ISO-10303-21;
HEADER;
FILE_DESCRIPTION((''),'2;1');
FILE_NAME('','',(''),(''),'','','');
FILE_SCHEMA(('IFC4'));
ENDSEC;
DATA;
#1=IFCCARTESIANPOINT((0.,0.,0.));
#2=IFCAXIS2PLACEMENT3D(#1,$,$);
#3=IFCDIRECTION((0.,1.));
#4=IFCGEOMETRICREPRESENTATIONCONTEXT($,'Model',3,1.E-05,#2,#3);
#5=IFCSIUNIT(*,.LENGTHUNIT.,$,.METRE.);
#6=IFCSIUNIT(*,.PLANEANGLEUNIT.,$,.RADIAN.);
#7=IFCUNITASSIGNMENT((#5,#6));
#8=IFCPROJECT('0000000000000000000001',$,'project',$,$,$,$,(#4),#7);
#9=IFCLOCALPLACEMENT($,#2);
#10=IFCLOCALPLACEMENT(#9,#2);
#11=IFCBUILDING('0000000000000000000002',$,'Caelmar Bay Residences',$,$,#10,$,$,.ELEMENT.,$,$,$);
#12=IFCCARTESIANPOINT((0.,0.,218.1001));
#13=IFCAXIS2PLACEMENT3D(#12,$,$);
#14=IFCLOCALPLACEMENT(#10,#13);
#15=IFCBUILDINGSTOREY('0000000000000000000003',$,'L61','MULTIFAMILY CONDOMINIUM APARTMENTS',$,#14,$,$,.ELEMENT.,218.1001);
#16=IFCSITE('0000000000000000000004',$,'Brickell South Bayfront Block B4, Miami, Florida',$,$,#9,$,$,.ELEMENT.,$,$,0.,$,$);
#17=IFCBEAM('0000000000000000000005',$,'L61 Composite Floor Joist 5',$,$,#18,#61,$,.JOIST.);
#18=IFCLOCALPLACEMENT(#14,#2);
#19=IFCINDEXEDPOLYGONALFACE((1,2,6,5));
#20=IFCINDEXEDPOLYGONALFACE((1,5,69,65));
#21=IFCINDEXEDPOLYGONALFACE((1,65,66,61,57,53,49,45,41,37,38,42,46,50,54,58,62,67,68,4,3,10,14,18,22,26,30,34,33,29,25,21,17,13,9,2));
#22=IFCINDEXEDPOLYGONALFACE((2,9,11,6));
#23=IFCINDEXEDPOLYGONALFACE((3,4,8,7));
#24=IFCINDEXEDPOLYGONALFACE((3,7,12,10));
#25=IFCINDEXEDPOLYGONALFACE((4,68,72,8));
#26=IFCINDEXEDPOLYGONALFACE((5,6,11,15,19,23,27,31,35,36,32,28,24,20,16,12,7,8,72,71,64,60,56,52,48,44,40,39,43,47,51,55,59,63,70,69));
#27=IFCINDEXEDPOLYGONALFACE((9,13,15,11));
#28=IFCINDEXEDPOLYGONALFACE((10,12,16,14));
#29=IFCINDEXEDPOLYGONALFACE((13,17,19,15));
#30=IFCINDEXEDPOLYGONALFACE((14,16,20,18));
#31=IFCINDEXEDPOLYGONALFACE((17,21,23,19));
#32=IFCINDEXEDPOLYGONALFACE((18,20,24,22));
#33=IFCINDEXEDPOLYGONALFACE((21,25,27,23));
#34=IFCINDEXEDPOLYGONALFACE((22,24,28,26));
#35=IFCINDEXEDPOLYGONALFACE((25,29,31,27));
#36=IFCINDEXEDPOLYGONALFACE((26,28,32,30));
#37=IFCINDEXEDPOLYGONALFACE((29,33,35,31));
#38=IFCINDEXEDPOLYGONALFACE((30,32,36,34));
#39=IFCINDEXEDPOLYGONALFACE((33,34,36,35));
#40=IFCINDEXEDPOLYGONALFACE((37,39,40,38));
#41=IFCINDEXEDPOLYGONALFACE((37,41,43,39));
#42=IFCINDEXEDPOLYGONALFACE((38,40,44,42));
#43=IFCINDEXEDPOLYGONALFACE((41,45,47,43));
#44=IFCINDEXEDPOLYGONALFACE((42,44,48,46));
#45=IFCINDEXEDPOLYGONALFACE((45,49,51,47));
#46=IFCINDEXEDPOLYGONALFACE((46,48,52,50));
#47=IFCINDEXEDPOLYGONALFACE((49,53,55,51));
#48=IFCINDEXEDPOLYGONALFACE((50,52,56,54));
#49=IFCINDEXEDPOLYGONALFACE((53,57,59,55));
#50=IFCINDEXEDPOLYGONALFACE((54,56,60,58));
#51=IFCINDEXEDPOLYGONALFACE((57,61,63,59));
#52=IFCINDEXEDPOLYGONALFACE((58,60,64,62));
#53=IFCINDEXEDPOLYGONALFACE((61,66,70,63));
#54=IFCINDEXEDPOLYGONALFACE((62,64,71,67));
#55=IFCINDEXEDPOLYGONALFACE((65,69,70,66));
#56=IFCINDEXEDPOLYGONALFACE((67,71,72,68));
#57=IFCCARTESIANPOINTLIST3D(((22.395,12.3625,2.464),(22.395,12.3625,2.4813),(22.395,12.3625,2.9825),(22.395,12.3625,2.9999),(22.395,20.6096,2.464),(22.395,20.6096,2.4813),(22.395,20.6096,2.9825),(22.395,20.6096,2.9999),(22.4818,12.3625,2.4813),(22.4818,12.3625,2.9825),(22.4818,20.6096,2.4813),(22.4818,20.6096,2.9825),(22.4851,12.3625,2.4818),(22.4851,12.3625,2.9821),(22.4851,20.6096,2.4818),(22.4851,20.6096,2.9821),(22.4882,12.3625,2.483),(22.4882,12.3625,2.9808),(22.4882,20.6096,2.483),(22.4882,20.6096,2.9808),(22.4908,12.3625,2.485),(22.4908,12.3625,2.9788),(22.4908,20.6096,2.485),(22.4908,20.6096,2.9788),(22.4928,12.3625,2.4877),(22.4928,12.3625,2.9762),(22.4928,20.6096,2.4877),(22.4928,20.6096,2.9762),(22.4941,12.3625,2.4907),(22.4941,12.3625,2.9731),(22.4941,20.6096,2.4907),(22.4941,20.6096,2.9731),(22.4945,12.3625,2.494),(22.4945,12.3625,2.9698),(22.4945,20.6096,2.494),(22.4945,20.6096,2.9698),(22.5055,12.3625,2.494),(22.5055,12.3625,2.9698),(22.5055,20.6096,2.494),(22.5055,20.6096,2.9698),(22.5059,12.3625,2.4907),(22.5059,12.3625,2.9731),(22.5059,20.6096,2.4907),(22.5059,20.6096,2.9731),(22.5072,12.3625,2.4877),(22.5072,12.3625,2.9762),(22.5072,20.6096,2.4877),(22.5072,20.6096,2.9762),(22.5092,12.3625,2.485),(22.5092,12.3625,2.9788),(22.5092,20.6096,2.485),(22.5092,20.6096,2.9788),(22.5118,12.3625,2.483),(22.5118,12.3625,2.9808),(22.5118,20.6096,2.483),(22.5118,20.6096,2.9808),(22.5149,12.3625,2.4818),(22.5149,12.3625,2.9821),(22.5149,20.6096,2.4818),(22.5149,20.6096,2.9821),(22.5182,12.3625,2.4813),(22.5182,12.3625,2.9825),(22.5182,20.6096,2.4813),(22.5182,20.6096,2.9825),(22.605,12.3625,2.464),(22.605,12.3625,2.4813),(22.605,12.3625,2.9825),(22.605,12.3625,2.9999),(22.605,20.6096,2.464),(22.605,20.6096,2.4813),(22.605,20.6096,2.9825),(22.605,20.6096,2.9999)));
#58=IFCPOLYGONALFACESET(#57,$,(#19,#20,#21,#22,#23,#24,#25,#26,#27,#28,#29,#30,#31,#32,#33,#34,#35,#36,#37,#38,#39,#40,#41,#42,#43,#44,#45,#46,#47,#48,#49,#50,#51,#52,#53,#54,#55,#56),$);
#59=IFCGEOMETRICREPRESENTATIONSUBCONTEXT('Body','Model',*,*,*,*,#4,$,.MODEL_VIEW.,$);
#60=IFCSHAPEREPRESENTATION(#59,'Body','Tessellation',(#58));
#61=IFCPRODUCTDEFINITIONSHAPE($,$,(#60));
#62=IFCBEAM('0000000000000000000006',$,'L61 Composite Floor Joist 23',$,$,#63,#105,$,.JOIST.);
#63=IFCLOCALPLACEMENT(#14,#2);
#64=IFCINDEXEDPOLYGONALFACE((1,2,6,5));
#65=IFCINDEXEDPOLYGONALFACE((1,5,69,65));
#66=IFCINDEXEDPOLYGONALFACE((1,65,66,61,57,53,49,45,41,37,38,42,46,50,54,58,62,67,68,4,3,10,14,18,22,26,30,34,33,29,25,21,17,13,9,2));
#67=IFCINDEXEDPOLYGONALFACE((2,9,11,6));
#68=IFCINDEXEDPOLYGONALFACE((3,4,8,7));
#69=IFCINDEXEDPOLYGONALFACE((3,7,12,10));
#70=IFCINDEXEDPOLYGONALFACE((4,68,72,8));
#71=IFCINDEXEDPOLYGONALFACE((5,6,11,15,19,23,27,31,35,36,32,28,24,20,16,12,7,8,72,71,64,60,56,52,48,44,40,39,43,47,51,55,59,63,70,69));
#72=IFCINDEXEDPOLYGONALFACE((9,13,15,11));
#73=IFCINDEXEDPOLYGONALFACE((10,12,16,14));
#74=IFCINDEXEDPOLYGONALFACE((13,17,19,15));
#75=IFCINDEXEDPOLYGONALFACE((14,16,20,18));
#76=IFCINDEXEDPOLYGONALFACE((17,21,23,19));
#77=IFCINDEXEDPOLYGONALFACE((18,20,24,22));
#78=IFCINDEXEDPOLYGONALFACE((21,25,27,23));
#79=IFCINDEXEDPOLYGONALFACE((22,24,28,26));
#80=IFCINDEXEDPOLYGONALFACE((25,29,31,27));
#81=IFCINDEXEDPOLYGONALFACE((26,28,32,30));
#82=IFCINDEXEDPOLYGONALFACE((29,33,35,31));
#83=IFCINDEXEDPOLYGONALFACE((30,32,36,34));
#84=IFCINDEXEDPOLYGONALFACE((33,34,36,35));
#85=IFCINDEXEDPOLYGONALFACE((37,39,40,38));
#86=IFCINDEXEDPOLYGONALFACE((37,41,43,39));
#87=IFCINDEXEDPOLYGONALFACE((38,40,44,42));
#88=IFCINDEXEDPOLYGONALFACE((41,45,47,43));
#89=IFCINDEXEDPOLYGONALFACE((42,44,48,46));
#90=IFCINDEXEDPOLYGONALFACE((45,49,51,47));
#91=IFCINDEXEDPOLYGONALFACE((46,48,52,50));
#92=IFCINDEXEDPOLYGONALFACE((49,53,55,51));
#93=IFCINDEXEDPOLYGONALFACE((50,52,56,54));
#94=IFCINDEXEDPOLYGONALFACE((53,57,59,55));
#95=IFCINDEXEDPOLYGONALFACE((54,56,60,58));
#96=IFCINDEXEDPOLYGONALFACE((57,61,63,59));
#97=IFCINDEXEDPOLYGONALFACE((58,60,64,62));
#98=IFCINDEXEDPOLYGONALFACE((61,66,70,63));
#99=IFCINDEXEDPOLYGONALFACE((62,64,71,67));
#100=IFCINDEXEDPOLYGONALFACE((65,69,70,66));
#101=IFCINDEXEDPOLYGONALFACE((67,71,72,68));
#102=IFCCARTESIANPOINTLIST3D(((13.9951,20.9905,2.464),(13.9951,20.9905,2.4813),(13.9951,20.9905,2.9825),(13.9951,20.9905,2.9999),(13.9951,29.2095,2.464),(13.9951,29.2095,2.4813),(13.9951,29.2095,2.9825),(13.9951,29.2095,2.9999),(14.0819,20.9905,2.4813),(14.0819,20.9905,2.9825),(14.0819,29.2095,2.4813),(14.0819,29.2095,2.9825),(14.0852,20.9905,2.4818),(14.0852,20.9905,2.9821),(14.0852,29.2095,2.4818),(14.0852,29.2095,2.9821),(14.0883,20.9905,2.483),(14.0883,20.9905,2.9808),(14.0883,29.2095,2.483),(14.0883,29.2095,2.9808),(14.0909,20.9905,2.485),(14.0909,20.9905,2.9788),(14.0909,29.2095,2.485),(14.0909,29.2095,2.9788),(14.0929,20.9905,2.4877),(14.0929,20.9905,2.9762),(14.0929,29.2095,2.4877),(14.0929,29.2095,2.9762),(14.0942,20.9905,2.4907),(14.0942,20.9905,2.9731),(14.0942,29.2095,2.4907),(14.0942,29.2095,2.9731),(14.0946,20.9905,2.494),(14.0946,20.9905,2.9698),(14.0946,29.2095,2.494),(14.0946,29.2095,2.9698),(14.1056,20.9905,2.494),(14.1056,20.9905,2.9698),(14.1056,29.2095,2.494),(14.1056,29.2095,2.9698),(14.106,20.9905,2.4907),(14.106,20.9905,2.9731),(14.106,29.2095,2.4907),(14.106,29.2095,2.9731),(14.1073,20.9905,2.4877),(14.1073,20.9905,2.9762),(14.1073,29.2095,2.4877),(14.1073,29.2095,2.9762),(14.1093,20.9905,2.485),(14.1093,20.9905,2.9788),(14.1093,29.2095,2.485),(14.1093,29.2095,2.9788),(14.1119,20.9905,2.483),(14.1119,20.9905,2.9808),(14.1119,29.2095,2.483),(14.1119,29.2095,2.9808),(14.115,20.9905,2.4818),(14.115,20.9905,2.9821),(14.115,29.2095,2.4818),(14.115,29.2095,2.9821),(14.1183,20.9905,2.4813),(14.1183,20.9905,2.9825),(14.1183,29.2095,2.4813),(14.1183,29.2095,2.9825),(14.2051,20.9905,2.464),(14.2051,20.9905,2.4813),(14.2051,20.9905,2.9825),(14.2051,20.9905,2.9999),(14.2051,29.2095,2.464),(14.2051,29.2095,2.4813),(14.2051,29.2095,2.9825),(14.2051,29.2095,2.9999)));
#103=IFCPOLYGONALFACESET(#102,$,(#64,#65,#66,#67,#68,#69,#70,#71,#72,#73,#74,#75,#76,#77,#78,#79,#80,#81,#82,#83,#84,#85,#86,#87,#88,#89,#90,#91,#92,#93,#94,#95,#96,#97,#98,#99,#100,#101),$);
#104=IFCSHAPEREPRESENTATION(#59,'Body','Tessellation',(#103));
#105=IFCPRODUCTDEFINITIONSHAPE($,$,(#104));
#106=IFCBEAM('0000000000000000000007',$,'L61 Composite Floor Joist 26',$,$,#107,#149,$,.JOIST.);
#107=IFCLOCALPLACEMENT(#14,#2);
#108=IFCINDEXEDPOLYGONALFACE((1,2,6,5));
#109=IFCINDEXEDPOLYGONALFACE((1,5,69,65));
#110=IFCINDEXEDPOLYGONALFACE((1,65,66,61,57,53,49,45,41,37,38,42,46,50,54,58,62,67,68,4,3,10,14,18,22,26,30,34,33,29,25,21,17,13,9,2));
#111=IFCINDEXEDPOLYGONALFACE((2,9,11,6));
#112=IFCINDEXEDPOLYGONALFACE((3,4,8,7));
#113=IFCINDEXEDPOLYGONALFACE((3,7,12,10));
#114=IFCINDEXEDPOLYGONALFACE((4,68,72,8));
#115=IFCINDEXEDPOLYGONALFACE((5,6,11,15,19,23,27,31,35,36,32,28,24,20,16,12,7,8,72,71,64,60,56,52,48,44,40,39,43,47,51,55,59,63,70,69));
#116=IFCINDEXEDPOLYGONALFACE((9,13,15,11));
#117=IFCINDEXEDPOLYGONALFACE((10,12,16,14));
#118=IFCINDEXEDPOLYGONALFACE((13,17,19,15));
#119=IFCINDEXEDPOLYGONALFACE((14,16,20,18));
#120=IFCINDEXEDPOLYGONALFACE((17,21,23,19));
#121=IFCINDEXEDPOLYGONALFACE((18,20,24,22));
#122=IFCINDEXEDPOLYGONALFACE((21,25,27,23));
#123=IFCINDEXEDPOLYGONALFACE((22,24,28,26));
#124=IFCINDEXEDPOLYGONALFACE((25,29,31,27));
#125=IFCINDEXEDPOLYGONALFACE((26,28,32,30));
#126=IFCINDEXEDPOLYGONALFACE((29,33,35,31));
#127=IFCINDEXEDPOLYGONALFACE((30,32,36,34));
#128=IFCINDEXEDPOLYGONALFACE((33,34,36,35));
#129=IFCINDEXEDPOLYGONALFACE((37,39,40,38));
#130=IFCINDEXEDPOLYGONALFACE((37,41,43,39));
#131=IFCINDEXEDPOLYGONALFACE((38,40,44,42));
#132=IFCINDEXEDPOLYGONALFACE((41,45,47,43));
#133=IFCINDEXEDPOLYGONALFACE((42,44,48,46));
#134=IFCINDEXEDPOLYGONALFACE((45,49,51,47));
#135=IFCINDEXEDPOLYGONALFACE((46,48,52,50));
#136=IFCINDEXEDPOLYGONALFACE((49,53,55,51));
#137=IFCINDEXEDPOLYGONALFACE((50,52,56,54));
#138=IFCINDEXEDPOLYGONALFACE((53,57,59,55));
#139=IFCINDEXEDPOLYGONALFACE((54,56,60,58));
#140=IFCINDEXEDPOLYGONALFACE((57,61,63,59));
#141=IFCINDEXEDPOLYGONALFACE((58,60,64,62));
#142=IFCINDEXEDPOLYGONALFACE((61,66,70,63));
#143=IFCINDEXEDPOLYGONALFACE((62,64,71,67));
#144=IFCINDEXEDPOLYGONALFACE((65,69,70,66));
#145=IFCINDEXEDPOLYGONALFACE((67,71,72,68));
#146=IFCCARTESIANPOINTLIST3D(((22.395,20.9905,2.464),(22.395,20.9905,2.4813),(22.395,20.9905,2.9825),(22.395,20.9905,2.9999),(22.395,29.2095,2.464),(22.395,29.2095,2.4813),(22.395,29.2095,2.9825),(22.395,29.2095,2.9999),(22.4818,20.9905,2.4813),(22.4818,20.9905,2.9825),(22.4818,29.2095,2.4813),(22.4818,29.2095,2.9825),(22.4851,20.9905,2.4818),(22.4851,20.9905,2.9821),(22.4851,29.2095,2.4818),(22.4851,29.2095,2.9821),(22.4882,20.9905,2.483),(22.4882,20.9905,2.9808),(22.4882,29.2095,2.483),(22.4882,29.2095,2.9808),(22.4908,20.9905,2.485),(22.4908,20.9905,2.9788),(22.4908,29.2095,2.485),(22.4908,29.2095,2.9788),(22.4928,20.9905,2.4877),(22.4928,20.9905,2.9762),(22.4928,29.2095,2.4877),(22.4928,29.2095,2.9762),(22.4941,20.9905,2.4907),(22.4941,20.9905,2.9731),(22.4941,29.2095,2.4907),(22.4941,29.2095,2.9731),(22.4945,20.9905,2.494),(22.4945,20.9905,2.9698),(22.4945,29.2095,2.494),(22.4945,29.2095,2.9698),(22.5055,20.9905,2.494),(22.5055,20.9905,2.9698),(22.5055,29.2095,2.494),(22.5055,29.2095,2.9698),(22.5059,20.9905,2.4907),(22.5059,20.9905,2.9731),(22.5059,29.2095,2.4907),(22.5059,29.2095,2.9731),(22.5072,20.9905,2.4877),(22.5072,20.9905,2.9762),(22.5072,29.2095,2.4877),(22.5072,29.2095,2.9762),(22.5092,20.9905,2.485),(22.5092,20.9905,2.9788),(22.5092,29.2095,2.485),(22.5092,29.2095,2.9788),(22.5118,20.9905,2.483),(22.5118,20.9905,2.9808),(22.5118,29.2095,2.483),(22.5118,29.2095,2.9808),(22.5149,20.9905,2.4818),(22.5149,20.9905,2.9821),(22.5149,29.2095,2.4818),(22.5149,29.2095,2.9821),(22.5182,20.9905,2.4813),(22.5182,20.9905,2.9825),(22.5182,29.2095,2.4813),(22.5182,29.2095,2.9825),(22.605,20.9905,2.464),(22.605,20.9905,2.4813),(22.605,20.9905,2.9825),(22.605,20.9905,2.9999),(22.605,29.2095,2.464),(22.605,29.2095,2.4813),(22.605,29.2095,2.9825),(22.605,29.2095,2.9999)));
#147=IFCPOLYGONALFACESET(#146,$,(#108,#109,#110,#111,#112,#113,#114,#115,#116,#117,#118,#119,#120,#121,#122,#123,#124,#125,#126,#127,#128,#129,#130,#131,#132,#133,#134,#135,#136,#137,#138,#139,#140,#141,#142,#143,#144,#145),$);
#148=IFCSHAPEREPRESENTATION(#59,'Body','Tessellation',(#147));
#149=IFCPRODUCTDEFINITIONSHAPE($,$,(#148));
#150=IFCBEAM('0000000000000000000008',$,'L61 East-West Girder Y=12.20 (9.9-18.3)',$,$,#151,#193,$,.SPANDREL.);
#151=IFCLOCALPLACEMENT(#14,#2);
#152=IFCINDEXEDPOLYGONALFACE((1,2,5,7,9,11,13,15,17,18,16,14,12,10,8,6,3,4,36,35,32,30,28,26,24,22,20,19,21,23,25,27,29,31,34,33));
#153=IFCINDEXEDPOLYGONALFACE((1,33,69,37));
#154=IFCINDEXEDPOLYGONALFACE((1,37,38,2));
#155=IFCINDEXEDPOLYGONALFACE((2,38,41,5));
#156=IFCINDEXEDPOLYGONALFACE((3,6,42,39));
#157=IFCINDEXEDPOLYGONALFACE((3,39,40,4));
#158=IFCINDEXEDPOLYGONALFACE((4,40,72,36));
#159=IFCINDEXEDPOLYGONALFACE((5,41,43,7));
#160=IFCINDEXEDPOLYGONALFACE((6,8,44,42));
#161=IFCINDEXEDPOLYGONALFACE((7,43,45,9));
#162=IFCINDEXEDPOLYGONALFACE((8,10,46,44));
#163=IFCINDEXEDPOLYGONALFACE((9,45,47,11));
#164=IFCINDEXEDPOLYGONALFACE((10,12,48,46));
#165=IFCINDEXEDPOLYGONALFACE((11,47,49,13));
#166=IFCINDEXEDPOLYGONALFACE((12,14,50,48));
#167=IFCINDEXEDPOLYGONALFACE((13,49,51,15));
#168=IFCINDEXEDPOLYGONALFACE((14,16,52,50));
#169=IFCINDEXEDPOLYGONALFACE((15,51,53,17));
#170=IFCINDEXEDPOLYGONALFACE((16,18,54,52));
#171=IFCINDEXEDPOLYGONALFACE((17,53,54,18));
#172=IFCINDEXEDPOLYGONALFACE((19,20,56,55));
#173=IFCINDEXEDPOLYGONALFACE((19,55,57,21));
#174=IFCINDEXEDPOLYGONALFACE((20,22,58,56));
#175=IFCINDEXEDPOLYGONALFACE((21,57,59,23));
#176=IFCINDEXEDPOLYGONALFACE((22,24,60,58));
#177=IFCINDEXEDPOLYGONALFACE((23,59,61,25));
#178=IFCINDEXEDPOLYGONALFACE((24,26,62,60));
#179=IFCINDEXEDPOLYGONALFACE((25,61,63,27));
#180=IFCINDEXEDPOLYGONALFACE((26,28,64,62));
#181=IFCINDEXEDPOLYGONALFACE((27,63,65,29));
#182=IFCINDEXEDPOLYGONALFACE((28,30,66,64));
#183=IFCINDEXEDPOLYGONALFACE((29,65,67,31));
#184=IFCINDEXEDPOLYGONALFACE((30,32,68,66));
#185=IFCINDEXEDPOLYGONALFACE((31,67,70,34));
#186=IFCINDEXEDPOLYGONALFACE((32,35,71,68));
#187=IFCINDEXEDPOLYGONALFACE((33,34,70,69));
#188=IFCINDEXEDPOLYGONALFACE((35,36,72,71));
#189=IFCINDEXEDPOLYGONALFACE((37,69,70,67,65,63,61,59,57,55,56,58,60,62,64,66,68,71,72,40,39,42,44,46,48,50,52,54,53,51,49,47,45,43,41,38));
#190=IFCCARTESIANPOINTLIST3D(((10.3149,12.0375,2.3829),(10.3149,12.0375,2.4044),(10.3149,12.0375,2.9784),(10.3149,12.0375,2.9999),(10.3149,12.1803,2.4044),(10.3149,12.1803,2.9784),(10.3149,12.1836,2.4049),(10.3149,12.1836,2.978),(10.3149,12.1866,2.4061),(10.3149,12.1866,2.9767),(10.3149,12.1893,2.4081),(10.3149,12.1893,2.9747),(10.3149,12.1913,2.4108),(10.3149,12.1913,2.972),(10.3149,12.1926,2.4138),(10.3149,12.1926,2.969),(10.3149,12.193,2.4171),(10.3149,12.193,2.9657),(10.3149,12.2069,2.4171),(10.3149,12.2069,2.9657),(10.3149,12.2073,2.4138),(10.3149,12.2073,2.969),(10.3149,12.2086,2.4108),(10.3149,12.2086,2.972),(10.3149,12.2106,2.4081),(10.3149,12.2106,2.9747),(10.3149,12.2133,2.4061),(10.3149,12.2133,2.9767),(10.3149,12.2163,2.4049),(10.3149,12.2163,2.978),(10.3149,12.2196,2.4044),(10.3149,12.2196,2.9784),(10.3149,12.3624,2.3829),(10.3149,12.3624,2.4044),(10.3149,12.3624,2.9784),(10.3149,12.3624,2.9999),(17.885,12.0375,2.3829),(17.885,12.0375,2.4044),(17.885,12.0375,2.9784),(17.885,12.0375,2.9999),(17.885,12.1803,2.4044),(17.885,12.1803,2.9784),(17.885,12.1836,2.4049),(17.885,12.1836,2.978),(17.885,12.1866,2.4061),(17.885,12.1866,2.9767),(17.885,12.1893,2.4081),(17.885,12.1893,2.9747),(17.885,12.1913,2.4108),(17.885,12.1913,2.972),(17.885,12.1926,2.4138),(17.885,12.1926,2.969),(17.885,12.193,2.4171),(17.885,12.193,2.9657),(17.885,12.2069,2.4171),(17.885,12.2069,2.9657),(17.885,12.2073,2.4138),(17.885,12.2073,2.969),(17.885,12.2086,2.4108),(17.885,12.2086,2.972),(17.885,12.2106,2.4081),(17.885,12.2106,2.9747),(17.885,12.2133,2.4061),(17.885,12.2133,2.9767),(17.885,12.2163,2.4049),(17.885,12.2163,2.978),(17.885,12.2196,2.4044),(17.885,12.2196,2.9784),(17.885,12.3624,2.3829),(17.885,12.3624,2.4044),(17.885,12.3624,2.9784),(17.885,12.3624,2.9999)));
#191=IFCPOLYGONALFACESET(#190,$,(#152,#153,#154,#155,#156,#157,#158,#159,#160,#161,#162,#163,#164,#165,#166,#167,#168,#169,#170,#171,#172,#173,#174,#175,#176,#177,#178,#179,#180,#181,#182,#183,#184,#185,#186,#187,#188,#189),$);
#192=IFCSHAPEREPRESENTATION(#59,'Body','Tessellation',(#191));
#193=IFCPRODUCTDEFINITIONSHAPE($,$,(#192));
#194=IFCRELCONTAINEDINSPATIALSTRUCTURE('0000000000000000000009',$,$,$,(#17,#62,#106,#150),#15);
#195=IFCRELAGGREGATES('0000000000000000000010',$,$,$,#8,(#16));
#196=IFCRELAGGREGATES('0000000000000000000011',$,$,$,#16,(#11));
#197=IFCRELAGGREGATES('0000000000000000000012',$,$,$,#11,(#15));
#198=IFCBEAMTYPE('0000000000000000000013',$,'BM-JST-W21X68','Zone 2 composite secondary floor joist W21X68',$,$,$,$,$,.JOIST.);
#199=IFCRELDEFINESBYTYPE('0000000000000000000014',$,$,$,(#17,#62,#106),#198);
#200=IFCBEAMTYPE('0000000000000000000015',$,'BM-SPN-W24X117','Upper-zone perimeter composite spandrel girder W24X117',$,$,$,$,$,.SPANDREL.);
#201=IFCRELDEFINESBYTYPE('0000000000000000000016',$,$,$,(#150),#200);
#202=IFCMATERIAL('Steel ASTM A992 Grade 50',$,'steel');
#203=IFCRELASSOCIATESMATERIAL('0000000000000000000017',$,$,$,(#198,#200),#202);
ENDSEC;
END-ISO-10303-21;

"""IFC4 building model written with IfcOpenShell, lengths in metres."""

from ifc_helpers import new_model, si_unit, direction, frame, origin, origin_2d, place, context, subcontext, project, spatial, i_section, extrude, material, material_profile, profile_set, type_object, element, save


model = new_model("IFC4")

# Units and contexts
model_context = context("Model", 3, precision=1e-05, world=origin(), true_north=direction((0.0, 1.0)))
body_context = subcontext(model_context, "Body", "Model", "MODEL_VIEW")
ifc_project = project(units=[si_unit("LENGTHUNIT", "METRE"), si_unit("PLANEANGLEUNIT", "RADIAN")], contexts=[model_context])

# Site, building, storey
site_placement = place(None, origin())
site = spatial("IfcSite", under=ifc_project, at=site_placement, Name="Brickell South Bayfront Block B4, Miami, Florida", CompositionType="ELEMENT", RefElevation=0.0)
building_placement = place(site_placement, origin())
building = spatial("IfcBuilding", under=site, at=building_placement, Name="Caelmar Bay Residences", CompositionType="ELEMENT")
storey_placement = place(building_placement, frame((0.0, 0.0, 218.1001)))
storey = spatial("IfcBuildingStorey", under=building, at=storey_placement, Name="L61", Description="MULTIFAMILY CONDOMINIUM APARTMENTS", CompositionType="ELEMENT", Elevation=218.1001)

# Beams
ifc_material_1 = material(Name="Steel ASTM A992 Grade 50", Category="steel")
ifc_material_profile_1 = material_profile(ifc_material_1, i_section(OverallWidth=0.21, OverallDepth=0.5359, WebThickness=0.011, FlangeThickness=0.0173, FilletRadius=0.0127, at=origin_2d()), Name="W21X68")
ifc_profile_set_1 = profile_set([ifc_material_profile_1], Name="Steel ASTM A992 Grade 50")
beam_type_1 = type_object("IfcBeamType", Name="BM-JST-W21X68", Description="Zone 2 composite secondary floor joist W21X68", PredefinedType="JOIST", material=ifc_profile_set_1)
for number, where, z_axis, x_axis, name in (
    (1, (22.5, 12.3625, 2.7319), (0.0, 1.0, 0.0), (-1.0, 0.0, 0.0), "L61 Composite Floor Joist 5"),
):
    element("IfcBeam", number, at=place(storey_placement, frame(where, z_axis=z_axis, x_axis=x_axis)), inside=storey, type_object=beam_type_1, Name=name, PredefinedType="JOIST", context=body_context, shape_type="SweptSolid", body=[
        extrude(i_section(OverallWidth=0.21, OverallDepth=0.5359, WebThickness=0.011, FlangeThickness=0.0173, FilletRadius=0.0127, at=origin_2d()), origin(), (0.0, 0.0, 1.0), 8.2471),
    ])
for number, where, z_axis, x_axis, name in (
    (2, (14.1001, 20.9905, 2.7319), (0.0, 1.0, 0.0), (-1.0, 0.0, 0.0), "L61 Composite Floor Joist 23"),
    (3, (22.5, 20.9905, 2.7319), (0.0, 1.0, 0.0), (-1.0, 0.0, 0.0), "L61 Composite Floor Joist 26"),
):
    element("IfcBeam", number, at=place(storey_placement, frame(where, z_axis=z_axis, x_axis=x_axis)), inside=storey, type_object=beam_type_1, Name=name, PredefinedType="JOIST", context=body_context, shape_type="SweptSolid", body=[
        extrude(i_section(OverallWidth=0.21, OverallDepth=0.5359, WebThickness=0.011, FlangeThickness=0.0173, FilletRadius=0.0127, at=origin_2d()), origin(), (0.0, 0.0, 1.0), 8.219),
    ])
ifc_material_profile_2 = material_profile(ifc_material_1, i_section(OverallWidth=0.325, OverallDepth=0.6169, WebThickness=0.0139, FlangeThickness=0.0215, FilletRadius=0.0127, at=origin_2d()), Name="W24X117")
ifc_profile_set_2 = profile_set([ifc_material_profile_2], Name="Steel ASTM A992 Grade 50")
beam_type_2 = type_object("IfcBeamType", Name="BM-SPN-W24X117", Description="Upper-zone perimeter composite spandrel girder W24X117", PredefinedType="SPANDREL", material=ifc_profile_set_2)
beam_1_placement = place(storey_placement, frame((10.3149, 12.2, 2.6914), z_axis=(1.0, 0.0, 0.0), x_axis=(0.0, 1.0, 0.0)))
element("IfcBeam", 4, at=beam_1_placement, inside=storey, type_object=beam_type_2, Name="L61 East-West Girder Y=12.20 (9.9-18.3)", PredefinedType="SPANDREL", context=body_context, shape_type="SweptSolid", body=[
    extrude(i_section(OverallWidth=0.325, OverallDepth=0.6169, WebThickness=0.0139, FlangeThickness=0.0215, FilletRadius=0.0127, at=origin_2d()), origin(), (0.0, 0.0, 1.0), 7.5701),
])

save(model, "model.ifc")
